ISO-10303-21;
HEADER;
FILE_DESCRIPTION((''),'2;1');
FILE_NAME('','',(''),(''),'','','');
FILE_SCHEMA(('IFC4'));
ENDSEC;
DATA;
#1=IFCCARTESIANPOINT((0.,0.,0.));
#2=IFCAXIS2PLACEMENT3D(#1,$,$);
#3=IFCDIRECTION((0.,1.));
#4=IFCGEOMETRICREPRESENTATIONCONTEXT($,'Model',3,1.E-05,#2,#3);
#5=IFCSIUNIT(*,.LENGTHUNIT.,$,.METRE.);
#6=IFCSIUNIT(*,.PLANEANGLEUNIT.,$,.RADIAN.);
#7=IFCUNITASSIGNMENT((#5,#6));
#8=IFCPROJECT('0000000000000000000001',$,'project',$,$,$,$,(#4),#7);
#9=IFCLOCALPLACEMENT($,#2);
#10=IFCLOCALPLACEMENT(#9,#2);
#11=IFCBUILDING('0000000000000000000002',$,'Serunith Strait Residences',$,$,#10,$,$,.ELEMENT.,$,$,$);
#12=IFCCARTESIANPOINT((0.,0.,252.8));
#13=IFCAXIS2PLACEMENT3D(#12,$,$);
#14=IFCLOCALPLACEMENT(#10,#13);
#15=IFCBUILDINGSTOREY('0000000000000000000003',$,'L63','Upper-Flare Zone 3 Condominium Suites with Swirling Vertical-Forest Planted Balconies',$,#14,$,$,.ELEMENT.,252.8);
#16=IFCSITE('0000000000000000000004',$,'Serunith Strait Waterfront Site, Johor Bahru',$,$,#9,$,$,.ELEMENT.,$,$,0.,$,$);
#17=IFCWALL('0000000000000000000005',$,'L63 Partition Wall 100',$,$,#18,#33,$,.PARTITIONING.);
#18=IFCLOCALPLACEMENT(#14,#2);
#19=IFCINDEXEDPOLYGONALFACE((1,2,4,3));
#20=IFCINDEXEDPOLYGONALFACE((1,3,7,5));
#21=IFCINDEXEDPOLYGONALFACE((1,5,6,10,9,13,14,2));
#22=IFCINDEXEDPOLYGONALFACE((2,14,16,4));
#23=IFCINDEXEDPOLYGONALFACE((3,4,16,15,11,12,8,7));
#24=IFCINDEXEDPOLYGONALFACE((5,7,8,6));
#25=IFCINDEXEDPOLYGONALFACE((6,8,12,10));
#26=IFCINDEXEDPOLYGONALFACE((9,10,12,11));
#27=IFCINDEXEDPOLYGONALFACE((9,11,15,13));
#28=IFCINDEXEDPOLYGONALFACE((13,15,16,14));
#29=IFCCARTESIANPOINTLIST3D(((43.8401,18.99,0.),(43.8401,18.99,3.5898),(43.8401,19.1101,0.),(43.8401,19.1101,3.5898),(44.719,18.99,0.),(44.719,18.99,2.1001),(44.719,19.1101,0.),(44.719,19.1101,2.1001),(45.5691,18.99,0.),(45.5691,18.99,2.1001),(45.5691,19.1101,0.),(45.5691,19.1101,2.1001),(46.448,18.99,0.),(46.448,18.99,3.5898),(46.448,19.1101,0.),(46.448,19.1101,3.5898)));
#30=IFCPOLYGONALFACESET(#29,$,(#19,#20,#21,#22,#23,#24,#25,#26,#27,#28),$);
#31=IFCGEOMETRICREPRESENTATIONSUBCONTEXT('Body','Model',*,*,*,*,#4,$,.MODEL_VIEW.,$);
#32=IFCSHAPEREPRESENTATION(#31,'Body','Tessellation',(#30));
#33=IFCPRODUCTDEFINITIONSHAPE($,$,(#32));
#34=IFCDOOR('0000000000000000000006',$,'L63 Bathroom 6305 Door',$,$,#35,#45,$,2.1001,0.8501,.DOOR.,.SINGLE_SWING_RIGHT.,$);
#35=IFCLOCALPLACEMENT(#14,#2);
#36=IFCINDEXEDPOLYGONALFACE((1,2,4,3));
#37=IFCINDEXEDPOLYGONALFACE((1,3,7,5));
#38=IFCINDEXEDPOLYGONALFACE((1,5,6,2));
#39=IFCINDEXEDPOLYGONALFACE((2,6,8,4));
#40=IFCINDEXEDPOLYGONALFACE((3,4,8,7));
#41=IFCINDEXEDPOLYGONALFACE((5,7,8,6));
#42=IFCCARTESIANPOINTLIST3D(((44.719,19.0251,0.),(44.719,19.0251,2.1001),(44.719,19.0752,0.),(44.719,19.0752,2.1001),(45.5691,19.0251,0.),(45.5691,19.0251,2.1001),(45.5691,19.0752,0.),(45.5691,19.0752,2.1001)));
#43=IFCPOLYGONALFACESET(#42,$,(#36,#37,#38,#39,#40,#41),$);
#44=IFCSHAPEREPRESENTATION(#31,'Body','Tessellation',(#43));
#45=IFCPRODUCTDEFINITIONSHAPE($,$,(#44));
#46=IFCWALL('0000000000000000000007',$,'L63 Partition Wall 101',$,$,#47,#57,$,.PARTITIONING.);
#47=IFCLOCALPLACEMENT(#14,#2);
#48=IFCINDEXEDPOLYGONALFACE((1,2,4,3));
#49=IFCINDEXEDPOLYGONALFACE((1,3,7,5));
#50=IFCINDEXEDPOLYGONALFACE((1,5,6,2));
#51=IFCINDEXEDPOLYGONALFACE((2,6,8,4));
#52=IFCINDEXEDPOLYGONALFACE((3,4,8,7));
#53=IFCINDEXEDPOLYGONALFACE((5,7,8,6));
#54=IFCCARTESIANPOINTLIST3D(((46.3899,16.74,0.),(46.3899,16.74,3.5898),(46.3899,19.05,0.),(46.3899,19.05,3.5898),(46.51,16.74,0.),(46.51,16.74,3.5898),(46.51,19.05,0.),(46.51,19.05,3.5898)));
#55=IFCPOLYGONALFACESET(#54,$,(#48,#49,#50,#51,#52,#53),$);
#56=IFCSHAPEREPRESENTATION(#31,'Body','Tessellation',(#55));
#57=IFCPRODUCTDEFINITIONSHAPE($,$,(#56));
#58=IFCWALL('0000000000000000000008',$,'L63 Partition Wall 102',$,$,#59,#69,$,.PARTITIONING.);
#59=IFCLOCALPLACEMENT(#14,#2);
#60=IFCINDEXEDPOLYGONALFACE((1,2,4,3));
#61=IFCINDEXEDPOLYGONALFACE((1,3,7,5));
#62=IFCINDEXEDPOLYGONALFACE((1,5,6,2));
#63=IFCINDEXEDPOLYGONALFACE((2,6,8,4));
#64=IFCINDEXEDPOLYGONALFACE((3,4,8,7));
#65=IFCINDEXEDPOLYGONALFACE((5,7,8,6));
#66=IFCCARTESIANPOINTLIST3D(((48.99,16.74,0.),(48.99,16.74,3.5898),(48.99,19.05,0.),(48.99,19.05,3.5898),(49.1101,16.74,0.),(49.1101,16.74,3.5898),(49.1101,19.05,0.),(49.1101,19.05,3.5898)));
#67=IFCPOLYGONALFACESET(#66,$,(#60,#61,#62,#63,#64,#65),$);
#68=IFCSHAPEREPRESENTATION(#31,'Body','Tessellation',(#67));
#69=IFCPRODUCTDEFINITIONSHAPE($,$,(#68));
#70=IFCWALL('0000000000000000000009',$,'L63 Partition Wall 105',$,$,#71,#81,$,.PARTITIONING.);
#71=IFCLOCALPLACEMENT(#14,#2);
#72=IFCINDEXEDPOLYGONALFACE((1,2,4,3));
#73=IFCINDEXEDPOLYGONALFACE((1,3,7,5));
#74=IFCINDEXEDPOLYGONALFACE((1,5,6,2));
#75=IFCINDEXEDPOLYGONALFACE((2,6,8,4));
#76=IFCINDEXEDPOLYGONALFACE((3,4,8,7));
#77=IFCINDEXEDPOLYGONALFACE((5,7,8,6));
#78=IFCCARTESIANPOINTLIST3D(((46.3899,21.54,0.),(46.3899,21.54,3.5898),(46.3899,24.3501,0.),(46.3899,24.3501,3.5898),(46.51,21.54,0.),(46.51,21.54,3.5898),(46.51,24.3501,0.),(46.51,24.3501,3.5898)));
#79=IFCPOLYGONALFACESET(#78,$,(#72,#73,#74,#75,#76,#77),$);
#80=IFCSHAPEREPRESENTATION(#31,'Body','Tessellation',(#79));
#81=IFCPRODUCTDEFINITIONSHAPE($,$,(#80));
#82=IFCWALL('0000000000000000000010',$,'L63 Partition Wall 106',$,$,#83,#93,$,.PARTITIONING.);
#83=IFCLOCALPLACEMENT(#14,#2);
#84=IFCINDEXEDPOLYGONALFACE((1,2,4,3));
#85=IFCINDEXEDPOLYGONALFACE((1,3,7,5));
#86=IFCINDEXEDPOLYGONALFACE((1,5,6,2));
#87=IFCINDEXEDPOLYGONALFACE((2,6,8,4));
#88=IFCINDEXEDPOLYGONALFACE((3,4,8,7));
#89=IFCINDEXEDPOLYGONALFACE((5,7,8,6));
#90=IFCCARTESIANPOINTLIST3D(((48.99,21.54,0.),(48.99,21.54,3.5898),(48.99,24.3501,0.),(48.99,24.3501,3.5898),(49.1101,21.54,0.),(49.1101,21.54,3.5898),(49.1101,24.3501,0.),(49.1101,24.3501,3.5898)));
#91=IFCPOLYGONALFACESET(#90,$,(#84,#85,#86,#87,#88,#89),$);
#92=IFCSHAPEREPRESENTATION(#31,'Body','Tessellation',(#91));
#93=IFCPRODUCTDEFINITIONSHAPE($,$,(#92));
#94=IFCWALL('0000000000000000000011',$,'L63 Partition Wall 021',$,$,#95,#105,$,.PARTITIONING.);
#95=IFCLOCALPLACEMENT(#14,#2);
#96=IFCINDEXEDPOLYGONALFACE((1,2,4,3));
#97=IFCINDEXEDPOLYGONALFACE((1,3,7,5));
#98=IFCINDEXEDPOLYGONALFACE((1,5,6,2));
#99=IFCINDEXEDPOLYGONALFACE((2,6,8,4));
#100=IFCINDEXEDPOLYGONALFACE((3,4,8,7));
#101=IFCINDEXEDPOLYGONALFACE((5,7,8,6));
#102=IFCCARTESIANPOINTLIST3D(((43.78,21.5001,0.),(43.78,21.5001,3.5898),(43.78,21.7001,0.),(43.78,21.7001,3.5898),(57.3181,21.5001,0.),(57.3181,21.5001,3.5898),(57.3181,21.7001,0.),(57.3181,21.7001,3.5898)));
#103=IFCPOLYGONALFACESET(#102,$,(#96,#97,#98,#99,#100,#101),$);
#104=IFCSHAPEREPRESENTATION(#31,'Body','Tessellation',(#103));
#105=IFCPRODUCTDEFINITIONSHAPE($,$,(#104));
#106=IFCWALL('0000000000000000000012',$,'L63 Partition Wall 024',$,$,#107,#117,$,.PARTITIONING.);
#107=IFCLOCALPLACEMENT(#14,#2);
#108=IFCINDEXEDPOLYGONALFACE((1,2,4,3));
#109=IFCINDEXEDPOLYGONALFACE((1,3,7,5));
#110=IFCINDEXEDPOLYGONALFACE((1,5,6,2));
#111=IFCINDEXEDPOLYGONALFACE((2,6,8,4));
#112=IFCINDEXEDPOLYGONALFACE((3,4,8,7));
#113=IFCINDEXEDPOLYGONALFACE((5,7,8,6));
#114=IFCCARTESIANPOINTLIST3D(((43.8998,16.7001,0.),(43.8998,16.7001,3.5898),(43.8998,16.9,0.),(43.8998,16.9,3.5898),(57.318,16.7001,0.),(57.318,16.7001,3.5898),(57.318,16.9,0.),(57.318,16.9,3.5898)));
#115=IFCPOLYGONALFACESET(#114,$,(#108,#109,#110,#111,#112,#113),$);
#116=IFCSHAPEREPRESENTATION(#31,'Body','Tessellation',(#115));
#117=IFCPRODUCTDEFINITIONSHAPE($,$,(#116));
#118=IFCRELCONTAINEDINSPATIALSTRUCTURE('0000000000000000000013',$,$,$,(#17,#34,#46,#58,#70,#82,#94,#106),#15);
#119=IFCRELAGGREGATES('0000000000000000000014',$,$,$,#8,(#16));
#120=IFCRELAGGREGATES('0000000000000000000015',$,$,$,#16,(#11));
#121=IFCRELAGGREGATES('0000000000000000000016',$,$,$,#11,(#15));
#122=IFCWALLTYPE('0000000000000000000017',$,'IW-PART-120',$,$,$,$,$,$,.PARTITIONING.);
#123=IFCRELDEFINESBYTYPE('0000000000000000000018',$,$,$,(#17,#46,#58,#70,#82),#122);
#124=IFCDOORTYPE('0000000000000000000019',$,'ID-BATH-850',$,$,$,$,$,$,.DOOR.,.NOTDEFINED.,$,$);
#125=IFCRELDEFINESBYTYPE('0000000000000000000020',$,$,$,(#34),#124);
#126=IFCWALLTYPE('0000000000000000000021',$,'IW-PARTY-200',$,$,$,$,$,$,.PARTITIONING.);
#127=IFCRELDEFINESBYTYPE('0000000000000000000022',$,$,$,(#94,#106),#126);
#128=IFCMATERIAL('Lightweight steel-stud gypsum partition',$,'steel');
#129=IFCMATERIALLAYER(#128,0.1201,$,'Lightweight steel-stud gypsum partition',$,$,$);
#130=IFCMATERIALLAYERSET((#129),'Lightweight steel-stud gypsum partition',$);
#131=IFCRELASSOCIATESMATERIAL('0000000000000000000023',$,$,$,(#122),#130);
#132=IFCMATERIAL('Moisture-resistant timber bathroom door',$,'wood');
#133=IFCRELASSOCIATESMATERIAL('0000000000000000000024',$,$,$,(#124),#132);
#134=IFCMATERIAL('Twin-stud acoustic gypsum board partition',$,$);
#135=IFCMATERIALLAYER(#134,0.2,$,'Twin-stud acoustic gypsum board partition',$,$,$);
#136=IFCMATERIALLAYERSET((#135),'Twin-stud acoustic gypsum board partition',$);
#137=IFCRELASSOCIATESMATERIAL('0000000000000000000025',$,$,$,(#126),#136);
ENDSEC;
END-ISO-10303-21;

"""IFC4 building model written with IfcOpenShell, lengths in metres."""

from ifc_helpers import new_model, si_unit, direction, frame, frame_2d, origin, place, context, subcontext, project, spatial, rectangle, extrude, source, transform, mapped, material, layer, layer_set, type_object, element, fill, save


model = new_model("IFC4")

# Units and contexts
model_context = context("Model", 3, precision=1e-05, world=origin(), true_north=direction((0.0, 1.0)))
body_context = subcontext(model_context, "Body", "Model", "MODEL_VIEW")
ifc_project = project(units=[si_unit("LENGTHUNIT", "METRE"), si_unit("PLANEANGLEUNIT", "RADIAN")], contexts=[model_context])

# Site, building, storey
site_placement = place(None, origin())
site = spatial("IfcSite", under=ifc_project, at=site_placement, Name="Serunith Strait Waterfront Site, Johor Bahru", CompositionType="ELEMENT", RefElevation=0.0)
building_placement = place(site_placement, origin())
building = spatial("IfcBuilding", under=site, at=building_placement, Name="Serunith Strait Residences", CompositionType="ELEMENT")
storey_placement = place(building_placement, frame((0.0, 0.0, 252.8)))
storey = spatial("IfcBuildingStorey", under=building, at=storey_placement, Name="L63", Description="Upper-Flare Zone 3 Condominium Suites with Swirling Vertical-Forest Planted Balconies", CompositionType="ELEMENT", Elevation=252.8)

# Shared definitions
ifc_material_1 = material(Name="Lightweight steel-stud gypsum partition", Category="steel")
ifc_layer_1 = layer(ifc_material_1, 0.1201, Name="Lightweight steel-stud gypsum partition")
ifc_layer_set_1 = layer_set([ifc_layer_1], Name="Lightweight steel-stud gypsum partition")
wall_type_1 = type_object("IfcWallType", Name="IW-PART-120", PredefinedType="PARTITIONING", material=ifc_layer_set_1)

# Wall, opening, door
ifc_material_2 = material(Name="Moisture-resistant timber bathroom door", Category="wood")
door_type_1 = type_object("IfcDoorType", Name="ID-BATH-850", OperationType="NOTDEFINED", PredefinedType="DOOR", material=ifc_material_2)
shared_shape_1 = source(origin(), body_context, "Body", "SweptSolid", [
    extrude(rectangle(XDim=0.8501, YDim=2.1001, at=frame_2d((0.425, 1.05))), frame((0.0, 0.0249, 0.0), z_axis=(0.0, -1.0, 0.0), x_axis=(1.0, 0.0, 0.0)), (0.0, 0.0, 1.0), 0.05),
])
wall_1_placement = place(storey_placement, frame((46.448, 19.05, 0.0), z_axis=(0.0, 0.0, 1.0), x_axis=(-1.0, 0.0, 0.0)))
wall_1 = element("IfcWall", 1, at=wall_1_placement, inside=storey, type_object=wall_type_1, Name="L63 Partition Wall 100", PredefinedType="PARTITIONING", context=body_context, shape_type="SweptSolid", body=[
    extrude(rectangle(XDim=2.6079, YDim=0.1201, at=frame_2d((1.304, 0.0))), origin(), (0.0, 0.0, 1.0), 3.5898),
])
opening_1_placement = place(wall_1_placement, frame((0.8789, 0.0, 0.0)))
opening_1 = element("IfcOpeningElement", 2, at=opening_1_placement, cuts=wall_1, PredefinedType="OPENING", context=body_context, shape_type="SweptSolid", body=[
    extrude(rectangle(XDim=0.8501, YDim=2.1001, at=frame_2d((0.425, 1.05))), frame((0.0, 0.0701, 0.0), z_axis=(0.0, -1.0, 0.0), x_axis=(1.0, 0.0, 0.0)), (0.0, 0.0, 1.0), 0.1401),
])
door_1_placement = place(opening_1_placement, origin())
door_1 = element("IfcDoor", 3, at=door_1_placement, inside=storey, type_object=door_type_1, Name="L63 Bathroom 6305 Door", OperationType="SINGLE_SWING_RIGHT", OverallHeight=2.1001, OverallWidth=0.8501, PredefinedType="DOOR", context=body_context, shape_type="MappedRepresentation", body=[
    mapped(shared_shape_1, transform((0.0, 0.0, 0.0), scale=1.0)),
])
fill(opening_1, door_1)

# Walls
for number, where, z_axis, x_axis, name in (
    (4, (46.45, 16.74, 0.0), (0.0, 0.0, 1.0), (0.0, 1.0, 0.0), "L63 Partition Wall 101"),
    (5, (49.05, 16.74, 0.0), (0.0, 0.0, 1.0), (0.0, 1.0, 0.0), "L63 Partition Wall 102"),
):
    element("IfcWall", number, at=place(storey_placement, frame(where, z_axis=z_axis, x_axis=x_axis)), inside=storey, type_object=wall_type_1, Name=name, PredefinedType="PARTITIONING", context=body_context, shape_type="SweptSolid", body=[
        extrude(rectangle(XDim=2.3101, YDim=0.1201, at=frame_2d((1.155, 0.0))), origin(), (0.0, 0.0, 1.0), 3.5898),
    ])
for number, where, z_axis, x_axis, name in (
    (6, (46.45, 21.54, 0.0), (0.0, 0.0, 1.0), (0.0, 1.0, 0.0), "L63 Partition Wall 105"),
    (7, (49.05, 21.54, 0.0), (0.0, 0.0, 1.0), (0.0, 1.0, 0.0), "L63 Partition Wall 106"),
):
    element("IfcWall", number, at=place(storey_placement, frame(where, z_axis=z_axis, x_axis=x_axis)), inside=storey, type_object=wall_type_1, Name=name, PredefinedType="PARTITIONING", context=body_context, shape_type="SweptSolid", body=[
        extrude(rectangle(XDim=2.8101, YDim=0.1201, at=frame_2d((1.405, 0.0))), origin(), (0.0, 0.0, 1.0), 3.5898),
    ])
ifc_material_3 = material(Name="Twin-stud acoustic gypsum board partition")
ifc_layer_2 = layer(ifc_material_3, 0.2, Name="Twin-stud acoustic gypsum board partition")
ifc_layer_set_2 = layer_set([ifc_layer_2], Name="Twin-stud acoustic gypsum board partition")
wall_type_2 = type_object("IfcWallType", Name="IW-PARTY-200", PredefinedType="PARTITIONING", material=ifc_layer_set_2)
wall_2_placement = place(storey_placement, frame((43.78, 21.6001, 0.0), z_axis=(0.0, 0.0, 1.0), x_axis=(1.0, 0.0, 0.0)))
element("IfcWall", 8, at=wall_2_placement, inside=storey, type_object=wall_type_2, Name="L63 Partition Wall 021", PredefinedType="PARTITIONING", context=body_context, shape_type="SweptSolid", body=[
    extrude(rectangle(XDim=13.5381, YDim=0.2, at=frame_2d((6.769, 0.0))), origin(), (0.0, 0.0, 1.0), 3.5898),
])
wall_3_placement = place(storey_placement, frame((43.8999, 16.8, 0.0), z_axis=(0.0, 0.0, 1.0), x_axis=(1.0, 0.0, 0.0)))
element("IfcWall", 9, at=wall_3_placement, inside=storey, type_object=wall_type_2, Name="L63 Partition Wall 024", PredefinedType="PARTITIONING", context=body_context, shape_type="SweptSolid", body=[
    extrude(rectangle(XDim=13.4182, YDim=0.2, at=frame_2d((6.709, 0.0))), origin(), (0.0, 0.0, 1.0), 3.5898),
])

save(model, "model.ifc")
